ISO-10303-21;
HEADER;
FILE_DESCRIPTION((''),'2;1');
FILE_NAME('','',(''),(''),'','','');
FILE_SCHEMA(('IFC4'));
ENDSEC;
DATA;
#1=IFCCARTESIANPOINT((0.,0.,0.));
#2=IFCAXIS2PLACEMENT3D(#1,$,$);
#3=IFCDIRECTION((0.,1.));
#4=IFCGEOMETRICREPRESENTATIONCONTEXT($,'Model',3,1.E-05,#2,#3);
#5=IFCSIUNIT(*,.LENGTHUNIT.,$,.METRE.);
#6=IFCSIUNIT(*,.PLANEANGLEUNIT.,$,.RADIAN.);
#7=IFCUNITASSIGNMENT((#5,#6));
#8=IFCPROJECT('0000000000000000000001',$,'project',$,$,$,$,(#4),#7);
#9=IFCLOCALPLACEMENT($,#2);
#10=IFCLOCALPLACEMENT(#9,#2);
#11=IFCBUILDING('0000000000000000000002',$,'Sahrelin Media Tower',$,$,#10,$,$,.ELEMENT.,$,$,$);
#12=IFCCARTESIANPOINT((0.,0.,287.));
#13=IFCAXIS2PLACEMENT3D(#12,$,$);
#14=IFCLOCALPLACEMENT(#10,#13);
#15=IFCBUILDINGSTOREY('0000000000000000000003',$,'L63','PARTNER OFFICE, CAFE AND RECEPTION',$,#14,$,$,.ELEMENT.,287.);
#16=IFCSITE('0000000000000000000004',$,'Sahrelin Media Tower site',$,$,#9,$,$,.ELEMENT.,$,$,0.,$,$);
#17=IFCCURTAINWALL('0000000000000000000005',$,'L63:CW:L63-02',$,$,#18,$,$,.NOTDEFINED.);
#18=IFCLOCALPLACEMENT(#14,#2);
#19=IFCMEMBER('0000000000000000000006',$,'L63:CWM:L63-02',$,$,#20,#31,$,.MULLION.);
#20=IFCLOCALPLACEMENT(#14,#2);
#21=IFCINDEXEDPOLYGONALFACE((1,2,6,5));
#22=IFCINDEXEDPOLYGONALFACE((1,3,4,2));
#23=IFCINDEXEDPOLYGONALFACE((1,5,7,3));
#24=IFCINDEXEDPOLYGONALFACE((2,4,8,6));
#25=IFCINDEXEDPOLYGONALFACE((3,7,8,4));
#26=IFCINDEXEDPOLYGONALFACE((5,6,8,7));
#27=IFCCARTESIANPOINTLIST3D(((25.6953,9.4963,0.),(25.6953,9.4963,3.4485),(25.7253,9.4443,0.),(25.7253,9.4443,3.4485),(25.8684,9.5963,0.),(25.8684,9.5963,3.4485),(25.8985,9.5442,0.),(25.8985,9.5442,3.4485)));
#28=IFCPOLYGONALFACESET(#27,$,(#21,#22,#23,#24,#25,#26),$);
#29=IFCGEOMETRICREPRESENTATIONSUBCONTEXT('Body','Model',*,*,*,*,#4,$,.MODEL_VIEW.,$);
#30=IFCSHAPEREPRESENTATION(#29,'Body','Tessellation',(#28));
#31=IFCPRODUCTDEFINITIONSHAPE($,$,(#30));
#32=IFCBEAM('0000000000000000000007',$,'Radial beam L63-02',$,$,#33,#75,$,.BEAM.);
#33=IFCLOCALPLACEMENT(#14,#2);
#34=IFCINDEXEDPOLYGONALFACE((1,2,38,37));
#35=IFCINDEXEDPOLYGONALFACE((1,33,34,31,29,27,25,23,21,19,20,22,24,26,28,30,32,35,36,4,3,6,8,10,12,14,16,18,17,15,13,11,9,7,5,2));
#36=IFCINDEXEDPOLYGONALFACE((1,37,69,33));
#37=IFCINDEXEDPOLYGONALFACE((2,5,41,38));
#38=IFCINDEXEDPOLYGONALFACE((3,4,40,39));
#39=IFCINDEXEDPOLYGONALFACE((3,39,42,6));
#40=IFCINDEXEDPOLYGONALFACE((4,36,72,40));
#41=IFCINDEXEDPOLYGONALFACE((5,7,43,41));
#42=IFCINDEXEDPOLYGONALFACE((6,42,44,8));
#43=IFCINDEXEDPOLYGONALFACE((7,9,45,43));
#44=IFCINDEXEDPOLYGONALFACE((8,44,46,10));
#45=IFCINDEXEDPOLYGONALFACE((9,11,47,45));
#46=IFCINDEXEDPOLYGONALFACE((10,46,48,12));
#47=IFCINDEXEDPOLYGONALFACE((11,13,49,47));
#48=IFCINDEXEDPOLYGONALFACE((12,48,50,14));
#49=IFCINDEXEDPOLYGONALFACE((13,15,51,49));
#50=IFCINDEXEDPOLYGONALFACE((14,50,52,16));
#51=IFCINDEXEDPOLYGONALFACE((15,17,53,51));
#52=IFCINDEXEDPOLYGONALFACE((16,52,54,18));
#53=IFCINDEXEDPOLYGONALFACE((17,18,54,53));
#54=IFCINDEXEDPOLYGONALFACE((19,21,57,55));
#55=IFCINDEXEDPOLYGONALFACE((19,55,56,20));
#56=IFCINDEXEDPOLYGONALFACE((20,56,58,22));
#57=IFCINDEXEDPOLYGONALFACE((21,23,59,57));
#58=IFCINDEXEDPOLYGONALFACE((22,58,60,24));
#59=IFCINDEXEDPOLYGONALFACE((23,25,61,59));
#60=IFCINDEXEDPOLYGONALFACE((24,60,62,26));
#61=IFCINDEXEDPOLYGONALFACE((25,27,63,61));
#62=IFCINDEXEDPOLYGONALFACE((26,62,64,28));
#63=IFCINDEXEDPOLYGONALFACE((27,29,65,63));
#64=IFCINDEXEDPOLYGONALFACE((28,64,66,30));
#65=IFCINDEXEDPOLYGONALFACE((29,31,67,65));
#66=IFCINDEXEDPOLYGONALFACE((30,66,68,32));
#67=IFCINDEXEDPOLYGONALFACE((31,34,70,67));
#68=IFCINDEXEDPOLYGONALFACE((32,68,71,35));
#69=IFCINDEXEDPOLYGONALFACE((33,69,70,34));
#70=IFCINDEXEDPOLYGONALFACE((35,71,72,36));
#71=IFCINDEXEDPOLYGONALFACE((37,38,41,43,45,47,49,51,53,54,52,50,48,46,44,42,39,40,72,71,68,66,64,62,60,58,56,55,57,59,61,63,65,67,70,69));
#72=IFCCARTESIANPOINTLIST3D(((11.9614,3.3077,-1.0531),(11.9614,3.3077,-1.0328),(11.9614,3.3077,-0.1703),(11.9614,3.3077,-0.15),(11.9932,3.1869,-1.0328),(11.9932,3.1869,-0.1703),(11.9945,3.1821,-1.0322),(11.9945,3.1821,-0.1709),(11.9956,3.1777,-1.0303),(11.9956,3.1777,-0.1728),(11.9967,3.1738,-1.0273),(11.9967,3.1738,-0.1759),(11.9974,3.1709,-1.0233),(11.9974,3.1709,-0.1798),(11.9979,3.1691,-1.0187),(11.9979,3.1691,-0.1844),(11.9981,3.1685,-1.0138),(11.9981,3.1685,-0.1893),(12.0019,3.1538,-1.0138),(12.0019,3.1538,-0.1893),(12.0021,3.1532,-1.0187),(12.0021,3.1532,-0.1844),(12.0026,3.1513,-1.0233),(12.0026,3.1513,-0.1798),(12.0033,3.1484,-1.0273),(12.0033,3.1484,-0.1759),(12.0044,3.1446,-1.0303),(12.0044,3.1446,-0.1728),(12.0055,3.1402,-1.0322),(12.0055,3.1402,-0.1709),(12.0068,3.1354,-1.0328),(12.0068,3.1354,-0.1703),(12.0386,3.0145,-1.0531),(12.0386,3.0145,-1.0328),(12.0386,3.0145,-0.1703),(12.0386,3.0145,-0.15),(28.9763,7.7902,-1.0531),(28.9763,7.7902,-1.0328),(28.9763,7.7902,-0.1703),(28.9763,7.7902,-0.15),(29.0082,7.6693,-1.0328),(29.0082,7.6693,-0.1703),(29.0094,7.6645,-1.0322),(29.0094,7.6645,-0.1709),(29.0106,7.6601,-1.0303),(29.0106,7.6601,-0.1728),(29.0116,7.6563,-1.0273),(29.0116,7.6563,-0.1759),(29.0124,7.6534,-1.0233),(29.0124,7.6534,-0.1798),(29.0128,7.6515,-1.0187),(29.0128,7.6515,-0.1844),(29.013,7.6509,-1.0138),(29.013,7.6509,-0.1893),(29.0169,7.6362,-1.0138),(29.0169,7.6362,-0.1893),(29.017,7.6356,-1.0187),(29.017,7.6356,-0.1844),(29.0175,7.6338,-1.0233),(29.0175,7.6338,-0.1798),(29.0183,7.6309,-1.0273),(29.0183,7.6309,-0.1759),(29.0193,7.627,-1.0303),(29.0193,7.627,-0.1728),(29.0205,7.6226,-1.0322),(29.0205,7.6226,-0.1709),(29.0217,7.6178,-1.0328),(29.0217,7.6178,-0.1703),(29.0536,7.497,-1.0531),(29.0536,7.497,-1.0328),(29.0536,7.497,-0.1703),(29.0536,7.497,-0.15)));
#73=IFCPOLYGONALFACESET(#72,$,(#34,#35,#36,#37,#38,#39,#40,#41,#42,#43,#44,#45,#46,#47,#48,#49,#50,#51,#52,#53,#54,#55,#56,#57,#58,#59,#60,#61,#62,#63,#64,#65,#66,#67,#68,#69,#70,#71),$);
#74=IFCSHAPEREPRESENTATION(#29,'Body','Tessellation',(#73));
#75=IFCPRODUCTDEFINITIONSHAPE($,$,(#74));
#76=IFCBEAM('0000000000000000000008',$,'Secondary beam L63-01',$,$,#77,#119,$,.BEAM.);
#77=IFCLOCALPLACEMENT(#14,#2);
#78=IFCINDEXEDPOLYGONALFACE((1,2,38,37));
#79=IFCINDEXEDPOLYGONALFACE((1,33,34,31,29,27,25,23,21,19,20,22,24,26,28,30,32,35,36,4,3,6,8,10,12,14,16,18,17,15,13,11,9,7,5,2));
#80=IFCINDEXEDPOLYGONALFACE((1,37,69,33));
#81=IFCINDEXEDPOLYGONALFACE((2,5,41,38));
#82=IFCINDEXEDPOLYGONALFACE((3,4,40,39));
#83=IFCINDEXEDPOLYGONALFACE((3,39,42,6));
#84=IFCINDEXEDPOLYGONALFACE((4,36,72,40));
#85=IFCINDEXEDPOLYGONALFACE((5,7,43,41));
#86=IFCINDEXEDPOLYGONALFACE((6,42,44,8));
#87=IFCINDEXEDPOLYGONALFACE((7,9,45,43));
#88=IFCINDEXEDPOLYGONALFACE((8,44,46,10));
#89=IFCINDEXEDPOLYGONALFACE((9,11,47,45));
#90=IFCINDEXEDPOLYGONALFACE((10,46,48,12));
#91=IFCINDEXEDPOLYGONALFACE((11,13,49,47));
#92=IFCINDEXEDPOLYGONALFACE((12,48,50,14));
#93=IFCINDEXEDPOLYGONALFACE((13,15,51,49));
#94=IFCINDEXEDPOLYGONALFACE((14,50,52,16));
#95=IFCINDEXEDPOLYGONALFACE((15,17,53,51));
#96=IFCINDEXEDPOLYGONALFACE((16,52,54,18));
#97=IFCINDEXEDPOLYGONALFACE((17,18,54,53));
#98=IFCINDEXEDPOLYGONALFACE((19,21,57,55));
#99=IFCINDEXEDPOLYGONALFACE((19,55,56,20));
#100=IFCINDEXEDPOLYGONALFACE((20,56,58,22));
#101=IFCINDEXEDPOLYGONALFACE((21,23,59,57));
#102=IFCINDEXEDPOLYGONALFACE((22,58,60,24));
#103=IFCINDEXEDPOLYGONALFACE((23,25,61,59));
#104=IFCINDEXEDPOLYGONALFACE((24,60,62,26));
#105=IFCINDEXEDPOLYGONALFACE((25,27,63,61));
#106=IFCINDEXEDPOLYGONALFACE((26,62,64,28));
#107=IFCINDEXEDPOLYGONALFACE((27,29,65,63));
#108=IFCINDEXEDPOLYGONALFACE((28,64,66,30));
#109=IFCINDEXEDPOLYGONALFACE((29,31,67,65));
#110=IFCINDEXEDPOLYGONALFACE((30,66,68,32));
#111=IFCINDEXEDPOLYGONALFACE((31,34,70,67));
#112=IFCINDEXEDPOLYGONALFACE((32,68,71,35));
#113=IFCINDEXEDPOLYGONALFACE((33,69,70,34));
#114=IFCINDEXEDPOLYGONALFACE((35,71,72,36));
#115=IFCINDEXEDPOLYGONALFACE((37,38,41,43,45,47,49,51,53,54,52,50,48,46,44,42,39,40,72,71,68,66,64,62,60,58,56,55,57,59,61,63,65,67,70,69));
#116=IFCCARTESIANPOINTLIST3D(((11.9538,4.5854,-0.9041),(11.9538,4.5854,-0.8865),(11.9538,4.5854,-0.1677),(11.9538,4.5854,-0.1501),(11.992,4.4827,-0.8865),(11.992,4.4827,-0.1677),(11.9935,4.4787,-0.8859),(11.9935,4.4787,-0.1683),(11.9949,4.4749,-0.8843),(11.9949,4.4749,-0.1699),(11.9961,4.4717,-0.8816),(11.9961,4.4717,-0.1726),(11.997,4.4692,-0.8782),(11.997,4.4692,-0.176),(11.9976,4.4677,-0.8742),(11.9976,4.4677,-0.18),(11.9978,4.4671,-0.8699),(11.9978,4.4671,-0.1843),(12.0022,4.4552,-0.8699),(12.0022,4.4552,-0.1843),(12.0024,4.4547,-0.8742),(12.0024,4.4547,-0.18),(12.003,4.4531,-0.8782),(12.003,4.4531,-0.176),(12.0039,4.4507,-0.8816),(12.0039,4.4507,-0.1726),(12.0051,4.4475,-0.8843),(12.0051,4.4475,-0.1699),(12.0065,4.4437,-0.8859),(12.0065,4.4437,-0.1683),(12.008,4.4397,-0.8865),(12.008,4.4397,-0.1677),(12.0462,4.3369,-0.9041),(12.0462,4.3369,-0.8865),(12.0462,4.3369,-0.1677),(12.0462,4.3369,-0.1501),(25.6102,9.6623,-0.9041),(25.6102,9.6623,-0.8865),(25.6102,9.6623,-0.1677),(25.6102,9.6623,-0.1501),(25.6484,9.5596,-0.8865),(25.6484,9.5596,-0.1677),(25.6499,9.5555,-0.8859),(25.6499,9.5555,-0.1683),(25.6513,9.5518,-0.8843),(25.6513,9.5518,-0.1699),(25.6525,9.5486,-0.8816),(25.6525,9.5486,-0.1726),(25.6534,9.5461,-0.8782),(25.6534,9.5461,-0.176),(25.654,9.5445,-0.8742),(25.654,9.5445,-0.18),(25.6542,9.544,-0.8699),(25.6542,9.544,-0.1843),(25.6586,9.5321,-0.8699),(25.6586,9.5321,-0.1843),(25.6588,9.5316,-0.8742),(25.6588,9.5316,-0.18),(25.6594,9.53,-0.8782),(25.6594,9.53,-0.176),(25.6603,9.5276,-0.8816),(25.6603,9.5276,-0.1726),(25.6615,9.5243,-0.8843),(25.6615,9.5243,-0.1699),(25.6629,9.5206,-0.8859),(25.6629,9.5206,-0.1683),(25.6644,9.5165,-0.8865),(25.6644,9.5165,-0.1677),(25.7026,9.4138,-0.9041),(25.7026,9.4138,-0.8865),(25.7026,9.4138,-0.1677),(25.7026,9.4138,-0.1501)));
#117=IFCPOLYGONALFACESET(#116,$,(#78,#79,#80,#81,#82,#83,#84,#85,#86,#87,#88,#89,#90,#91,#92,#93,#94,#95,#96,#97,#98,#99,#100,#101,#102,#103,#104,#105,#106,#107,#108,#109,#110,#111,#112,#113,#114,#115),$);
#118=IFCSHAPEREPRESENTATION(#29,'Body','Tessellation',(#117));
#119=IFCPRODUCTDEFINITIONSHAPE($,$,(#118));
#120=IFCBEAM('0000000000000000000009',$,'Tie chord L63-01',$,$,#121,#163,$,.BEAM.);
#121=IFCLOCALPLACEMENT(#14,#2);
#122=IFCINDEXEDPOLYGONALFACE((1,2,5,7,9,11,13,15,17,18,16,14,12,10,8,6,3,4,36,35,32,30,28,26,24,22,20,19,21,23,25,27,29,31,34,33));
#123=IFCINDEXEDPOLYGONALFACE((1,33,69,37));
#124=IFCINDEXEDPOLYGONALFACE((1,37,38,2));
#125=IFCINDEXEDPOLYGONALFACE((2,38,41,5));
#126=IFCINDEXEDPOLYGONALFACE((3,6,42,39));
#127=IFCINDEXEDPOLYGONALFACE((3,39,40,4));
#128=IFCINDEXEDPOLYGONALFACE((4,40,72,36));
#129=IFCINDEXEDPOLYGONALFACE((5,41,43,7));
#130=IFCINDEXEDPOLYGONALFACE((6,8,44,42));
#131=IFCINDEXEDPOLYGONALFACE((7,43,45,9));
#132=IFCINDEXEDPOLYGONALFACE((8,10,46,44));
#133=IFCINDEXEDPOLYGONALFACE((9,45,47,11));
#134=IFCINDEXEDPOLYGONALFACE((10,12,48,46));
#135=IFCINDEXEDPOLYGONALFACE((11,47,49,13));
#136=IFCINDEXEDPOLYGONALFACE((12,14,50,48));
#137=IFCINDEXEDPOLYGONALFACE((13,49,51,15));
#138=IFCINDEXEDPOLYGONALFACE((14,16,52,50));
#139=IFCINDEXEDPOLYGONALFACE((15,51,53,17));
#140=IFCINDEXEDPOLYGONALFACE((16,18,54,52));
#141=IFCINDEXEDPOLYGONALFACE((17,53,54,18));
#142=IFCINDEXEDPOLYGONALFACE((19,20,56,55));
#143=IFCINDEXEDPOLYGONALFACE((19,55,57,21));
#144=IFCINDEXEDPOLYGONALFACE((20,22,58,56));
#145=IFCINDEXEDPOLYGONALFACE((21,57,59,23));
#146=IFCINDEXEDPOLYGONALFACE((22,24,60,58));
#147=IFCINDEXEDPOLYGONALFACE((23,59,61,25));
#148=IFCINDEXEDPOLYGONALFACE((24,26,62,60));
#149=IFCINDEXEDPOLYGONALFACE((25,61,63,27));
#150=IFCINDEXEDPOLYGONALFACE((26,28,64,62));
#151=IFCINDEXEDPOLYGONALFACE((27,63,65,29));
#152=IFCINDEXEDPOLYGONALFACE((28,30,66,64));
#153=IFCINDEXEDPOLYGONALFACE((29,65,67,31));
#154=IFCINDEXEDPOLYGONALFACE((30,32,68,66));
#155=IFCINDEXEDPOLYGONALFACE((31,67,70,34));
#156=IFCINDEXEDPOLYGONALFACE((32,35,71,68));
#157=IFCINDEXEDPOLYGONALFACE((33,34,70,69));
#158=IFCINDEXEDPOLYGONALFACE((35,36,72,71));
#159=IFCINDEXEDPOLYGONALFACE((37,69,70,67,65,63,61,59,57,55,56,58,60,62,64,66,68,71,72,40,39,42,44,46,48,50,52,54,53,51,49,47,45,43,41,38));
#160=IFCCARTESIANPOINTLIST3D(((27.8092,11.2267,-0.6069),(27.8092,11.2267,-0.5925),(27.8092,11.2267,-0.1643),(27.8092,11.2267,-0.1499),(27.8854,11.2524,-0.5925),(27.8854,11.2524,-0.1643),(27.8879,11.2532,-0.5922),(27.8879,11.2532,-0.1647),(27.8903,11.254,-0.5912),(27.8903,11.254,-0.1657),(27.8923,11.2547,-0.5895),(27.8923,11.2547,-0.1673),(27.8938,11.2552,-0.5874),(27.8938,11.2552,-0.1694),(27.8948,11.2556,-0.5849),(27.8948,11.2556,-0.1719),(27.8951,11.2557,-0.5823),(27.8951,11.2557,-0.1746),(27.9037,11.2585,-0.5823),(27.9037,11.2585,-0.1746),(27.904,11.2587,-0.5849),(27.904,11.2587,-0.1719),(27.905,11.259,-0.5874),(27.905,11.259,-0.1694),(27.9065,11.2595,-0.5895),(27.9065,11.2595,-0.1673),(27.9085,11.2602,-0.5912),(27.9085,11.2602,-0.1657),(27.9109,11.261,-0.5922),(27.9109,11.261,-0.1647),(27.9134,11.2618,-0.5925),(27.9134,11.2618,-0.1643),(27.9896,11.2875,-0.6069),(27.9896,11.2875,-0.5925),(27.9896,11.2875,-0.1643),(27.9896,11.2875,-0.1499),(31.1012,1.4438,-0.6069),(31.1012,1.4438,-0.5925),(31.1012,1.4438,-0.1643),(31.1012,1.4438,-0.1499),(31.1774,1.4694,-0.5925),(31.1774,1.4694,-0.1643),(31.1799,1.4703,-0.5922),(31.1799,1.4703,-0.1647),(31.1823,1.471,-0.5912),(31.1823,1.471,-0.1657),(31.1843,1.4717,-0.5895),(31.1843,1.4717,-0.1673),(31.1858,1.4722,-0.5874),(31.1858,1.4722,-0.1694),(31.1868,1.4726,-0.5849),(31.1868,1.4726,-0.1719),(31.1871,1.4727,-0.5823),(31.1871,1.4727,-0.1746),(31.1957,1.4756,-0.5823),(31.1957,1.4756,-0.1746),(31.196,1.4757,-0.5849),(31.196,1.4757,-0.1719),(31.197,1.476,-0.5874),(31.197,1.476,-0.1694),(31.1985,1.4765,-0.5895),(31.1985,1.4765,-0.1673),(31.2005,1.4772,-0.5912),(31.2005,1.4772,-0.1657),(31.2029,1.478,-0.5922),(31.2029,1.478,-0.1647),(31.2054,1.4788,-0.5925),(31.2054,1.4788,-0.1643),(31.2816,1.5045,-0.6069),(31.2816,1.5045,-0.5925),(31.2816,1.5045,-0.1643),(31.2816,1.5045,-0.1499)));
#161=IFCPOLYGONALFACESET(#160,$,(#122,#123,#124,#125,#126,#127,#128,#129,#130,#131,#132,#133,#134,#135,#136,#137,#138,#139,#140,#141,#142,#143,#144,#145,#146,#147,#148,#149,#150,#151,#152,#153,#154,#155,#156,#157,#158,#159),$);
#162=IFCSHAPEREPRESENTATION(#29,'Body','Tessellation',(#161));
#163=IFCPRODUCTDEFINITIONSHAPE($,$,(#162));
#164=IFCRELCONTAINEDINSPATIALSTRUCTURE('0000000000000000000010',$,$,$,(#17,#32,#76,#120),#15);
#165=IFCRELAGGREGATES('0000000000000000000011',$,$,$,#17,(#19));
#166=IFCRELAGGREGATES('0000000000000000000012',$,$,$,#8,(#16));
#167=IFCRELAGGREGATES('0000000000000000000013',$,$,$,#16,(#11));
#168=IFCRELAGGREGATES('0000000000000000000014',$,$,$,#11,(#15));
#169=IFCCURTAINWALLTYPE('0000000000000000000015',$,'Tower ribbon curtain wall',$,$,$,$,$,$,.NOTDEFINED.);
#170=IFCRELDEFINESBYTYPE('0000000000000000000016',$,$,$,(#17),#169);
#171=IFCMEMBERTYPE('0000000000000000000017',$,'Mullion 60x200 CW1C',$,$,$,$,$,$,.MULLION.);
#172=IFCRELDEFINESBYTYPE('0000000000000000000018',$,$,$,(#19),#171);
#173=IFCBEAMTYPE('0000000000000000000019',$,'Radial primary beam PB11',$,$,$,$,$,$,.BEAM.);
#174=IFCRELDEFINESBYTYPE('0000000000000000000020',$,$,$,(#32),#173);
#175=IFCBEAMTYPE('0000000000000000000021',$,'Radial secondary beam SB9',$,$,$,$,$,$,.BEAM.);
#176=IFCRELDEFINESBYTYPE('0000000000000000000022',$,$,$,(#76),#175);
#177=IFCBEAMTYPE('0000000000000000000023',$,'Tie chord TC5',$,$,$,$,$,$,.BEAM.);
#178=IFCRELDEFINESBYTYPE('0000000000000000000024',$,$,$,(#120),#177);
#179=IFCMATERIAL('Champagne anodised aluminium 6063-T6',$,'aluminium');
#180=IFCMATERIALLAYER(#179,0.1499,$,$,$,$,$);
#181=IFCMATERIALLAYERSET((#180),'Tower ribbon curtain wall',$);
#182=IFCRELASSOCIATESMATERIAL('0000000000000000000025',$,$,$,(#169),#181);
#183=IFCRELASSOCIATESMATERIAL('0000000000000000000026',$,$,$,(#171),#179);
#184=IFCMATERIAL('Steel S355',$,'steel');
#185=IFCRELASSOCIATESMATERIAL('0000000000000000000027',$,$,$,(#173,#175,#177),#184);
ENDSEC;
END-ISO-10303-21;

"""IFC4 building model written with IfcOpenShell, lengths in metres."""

from ifc_helpers import new_model, si_unit, direction, frame, origin, origin_2d, place, context, subcontext, project, spatial, rectangle, i_section, extrude, material, layer, layer_set, material_profile, profile_set, type_object, element, aggregate, save


model = new_model("IFC4")

# Units and contexts
model_context = context("Model", 3, precision=1e-05, world=origin(), true_north=direction((0.0, 1.0)))
body_context = subcontext(model_context, "Body", "Model", "MODEL_VIEW")
ifc_project = project(units=[si_unit("LENGTHUNIT", "METRE"), si_unit("PLANEANGLEUNIT", "RADIAN")], contexts=[model_context])

# Site, building, storey
site_placement = place(None, origin())
site = spatial("IfcSite", under=ifc_project, at=site_placement, Name="Sahrelin Media Tower site", CompositionType="ELEMENT", RefElevation=0.0)
building_placement = place(site_placement, origin())
building = spatial("IfcBuilding", under=site, at=building_placement, Name="Sahrelin Media Tower", CompositionType="ELEMENT")
storey_placement = place(building_placement, frame((0.0, 0.0, 287.0)))
storey = spatial("IfcBuildingStorey", under=building, at=storey_placement, Name="L63", Description="PARTNER OFFICE, CAFE AND RECEPTION", CompositionType="ELEMENT", Elevation=287.0)

# Curtain wall, member
ifc_material_1 = material(Name="Champagne anodised aluminium 6063-T6", Category="aluminium")
ifc_layer_1 = layer(ifc_material_1, 0.1499)
ifc_layer_set_1 = layer_set([ifc_layer_1], Name="Tower ribbon curtain wall")
curtain_wall_type = type_object("IfcCurtainWallType", Name="Tower ribbon curtain wall", PredefinedType="NOTDEFINED", material=ifc_layer_set_1)
curtain_wall_1_placement = place(storey_placement, frame((25.9006, 9.5801, 0.0), z_axis=(0.0, 0.0, 1.0), x_axis=(1.0, 0.0, 0.0)))
curtain_wall_1 = element("IfcCurtainWall", 1, at=curtain_wall_1_placement, inside=storey, type_object=curtain_wall_type, Name="L63:CW:L63-02", PredefinedType="NOTDEFINED")
ifc_material_profile_1 = material_profile(ifc_material_1, rectangle(XDim=0.0601, YDim=0.2, at=origin_2d()), Name="Mullion 60x200")
ifc_profile_set_1 = profile_set([ifc_material_profile_1], Name="Champagne anodised aluminium 6063-T6")
member_type_1 = type_object("IfcMemberType", Name="Mullion 60x200 CW1C", PredefinedType="MULLION", material=ifc_profile_set_1)
member_1_placement = place(storey_placement, frame((25.7969, 9.5203, 0.0), z_axis=(0.0, 0.0, 1.0), x_axis=(-0.500006, 0.866022, 0.0)))
member_1 = element("IfcMember", 2, at=member_1_placement, type_object=member_type_1, Name="L63:CWM:L63-02", PredefinedType="MULLION", context=body_context, shape_type="SweptSolid", body=[
    extrude(rectangle(XDim=0.0601, YDim=0.2, at=origin_2d()), origin(), (0.0, 0.0, 1.0), 3.4485),
])

# Beams
ifc_material_2 = material(Name="Steel S355", Category="steel")
ifc_material_profile_2 = material_profile(ifc_material_2, i_section(OverallWidth=0.3032, OverallDepth=0.9031, WebThickness=0.0151, FlangeThickness=0.0203, FilletRadius=0.019, at=origin_2d()), Name="UB 914x305x201")
ifc_profile_set_2 = profile_set([ifc_material_profile_2], Name="Steel S355")
beam_type_1 = type_object("IfcBeamType", Name="Radial primary beam PB11", PredefinedType="BEAM", material=ifc_profile_set_2)
beam_1_placement = place(storey_placement, frame((12.0, 3.1611, -0.6016), z_axis=(0.967007, 0.254749, 0.0), x_axis=(-0.254749, 0.967007, 0.0)))
element("IfcBeam", 3, at=beam_1_placement, inside=storey, type_object=beam_type_1, Name="Radial beam L63-02", PredefinedType="BEAM", context=body_context, shape_type="SweptSolid", body=[
    extrude(i_section(OverallWidth=0.3032, OverallDepth=0.9031, WebThickness=0.0151, FlangeThickness=0.0203, FilletRadius=0.019, at=origin_2d()), origin(), (0.0, 0.0, 1.0), 17.5955),
])
ifc_material_profile_3 = material_profile(ifc_material_2, i_section(OverallWidth=0.2651, OverallDepth=0.7539, WebThickness=0.0127, FlangeThickness=0.0176, FilletRadius=0.0166, at=origin_2d()), Name="UB 762x267x147")
ifc_profile_set_3 = profile_set([ifc_material_profile_3], Name="Steel S355")
beam_type_2 = type_object("IfcBeamType", Name="Radial secondary beam SB9", PredefinedType="BEAM", material=ifc_profile_set_3)
beam_2_placement = place(storey_placement, frame((12.0, 4.4612, -0.5271), z_axis=(0.937325, 0.348457, 0.0), x_axis=(-0.348457, 0.937325, 0.0)))
element("IfcBeam", 4, at=beam_2_placement, inside=storey, type_object=beam_type_2, Name="Secondary beam L63-01", PredefinedType="BEAM", context=body_context, shape_type="SweptSolid", body=[
    extrude(i_section(OverallWidth=0.2651, OverallDepth=0.7539, WebThickness=0.0127, FlangeThickness=0.0176, FilletRadius=0.0166, at=origin_2d()), origin(), (0.0, 0.0, 1.0), 14.5696),
])
ifc_material_profile_4 = material_profile(ifc_material_2, i_section(OverallWidth=0.1904, OverallDepth=0.457, WebThickness=0.009, FlangeThickness=0.0144, FilletRadius=0.0103, at=origin_2d()), Name="UB 457x191x74")
ifc_profile_set_4 = profile_set([ifc_material_profile_4], Name="Steel S355")
beam_type_3 = type_object("IfcBeamType", Name="Tie chord TC5", PredefinedType="BEAM", material=ifc_profile_set_4)
beam_3_placement = place(storey_placement, frame((31.1914, 1.4741, -0.3784), z_axis=(-0.31893, 0.947778, 0.0), x_axis=(-0.947778, -0.31893, 0.0)))
element("IfcBeam", 5, at=beam_3_placement, inside=storey, type_object=beam_type_3, Name="Tie chord L63-01", PredefinedType="BEAM", context=body_context, shape_type="SweptSolid", body=[
    extrude(i_section(OverallWidth=0.1904, OverallDepth=0.457, WebThickness=0.009, FlangeThickness=0.0144, FilletRadius=0.0103, at=origin_2d()), origin(), (0.0, 0.0, 1.0), 10.322),
])

aggregate(curtain_wall_1, [member_1])

save(model, "model.ifc")
